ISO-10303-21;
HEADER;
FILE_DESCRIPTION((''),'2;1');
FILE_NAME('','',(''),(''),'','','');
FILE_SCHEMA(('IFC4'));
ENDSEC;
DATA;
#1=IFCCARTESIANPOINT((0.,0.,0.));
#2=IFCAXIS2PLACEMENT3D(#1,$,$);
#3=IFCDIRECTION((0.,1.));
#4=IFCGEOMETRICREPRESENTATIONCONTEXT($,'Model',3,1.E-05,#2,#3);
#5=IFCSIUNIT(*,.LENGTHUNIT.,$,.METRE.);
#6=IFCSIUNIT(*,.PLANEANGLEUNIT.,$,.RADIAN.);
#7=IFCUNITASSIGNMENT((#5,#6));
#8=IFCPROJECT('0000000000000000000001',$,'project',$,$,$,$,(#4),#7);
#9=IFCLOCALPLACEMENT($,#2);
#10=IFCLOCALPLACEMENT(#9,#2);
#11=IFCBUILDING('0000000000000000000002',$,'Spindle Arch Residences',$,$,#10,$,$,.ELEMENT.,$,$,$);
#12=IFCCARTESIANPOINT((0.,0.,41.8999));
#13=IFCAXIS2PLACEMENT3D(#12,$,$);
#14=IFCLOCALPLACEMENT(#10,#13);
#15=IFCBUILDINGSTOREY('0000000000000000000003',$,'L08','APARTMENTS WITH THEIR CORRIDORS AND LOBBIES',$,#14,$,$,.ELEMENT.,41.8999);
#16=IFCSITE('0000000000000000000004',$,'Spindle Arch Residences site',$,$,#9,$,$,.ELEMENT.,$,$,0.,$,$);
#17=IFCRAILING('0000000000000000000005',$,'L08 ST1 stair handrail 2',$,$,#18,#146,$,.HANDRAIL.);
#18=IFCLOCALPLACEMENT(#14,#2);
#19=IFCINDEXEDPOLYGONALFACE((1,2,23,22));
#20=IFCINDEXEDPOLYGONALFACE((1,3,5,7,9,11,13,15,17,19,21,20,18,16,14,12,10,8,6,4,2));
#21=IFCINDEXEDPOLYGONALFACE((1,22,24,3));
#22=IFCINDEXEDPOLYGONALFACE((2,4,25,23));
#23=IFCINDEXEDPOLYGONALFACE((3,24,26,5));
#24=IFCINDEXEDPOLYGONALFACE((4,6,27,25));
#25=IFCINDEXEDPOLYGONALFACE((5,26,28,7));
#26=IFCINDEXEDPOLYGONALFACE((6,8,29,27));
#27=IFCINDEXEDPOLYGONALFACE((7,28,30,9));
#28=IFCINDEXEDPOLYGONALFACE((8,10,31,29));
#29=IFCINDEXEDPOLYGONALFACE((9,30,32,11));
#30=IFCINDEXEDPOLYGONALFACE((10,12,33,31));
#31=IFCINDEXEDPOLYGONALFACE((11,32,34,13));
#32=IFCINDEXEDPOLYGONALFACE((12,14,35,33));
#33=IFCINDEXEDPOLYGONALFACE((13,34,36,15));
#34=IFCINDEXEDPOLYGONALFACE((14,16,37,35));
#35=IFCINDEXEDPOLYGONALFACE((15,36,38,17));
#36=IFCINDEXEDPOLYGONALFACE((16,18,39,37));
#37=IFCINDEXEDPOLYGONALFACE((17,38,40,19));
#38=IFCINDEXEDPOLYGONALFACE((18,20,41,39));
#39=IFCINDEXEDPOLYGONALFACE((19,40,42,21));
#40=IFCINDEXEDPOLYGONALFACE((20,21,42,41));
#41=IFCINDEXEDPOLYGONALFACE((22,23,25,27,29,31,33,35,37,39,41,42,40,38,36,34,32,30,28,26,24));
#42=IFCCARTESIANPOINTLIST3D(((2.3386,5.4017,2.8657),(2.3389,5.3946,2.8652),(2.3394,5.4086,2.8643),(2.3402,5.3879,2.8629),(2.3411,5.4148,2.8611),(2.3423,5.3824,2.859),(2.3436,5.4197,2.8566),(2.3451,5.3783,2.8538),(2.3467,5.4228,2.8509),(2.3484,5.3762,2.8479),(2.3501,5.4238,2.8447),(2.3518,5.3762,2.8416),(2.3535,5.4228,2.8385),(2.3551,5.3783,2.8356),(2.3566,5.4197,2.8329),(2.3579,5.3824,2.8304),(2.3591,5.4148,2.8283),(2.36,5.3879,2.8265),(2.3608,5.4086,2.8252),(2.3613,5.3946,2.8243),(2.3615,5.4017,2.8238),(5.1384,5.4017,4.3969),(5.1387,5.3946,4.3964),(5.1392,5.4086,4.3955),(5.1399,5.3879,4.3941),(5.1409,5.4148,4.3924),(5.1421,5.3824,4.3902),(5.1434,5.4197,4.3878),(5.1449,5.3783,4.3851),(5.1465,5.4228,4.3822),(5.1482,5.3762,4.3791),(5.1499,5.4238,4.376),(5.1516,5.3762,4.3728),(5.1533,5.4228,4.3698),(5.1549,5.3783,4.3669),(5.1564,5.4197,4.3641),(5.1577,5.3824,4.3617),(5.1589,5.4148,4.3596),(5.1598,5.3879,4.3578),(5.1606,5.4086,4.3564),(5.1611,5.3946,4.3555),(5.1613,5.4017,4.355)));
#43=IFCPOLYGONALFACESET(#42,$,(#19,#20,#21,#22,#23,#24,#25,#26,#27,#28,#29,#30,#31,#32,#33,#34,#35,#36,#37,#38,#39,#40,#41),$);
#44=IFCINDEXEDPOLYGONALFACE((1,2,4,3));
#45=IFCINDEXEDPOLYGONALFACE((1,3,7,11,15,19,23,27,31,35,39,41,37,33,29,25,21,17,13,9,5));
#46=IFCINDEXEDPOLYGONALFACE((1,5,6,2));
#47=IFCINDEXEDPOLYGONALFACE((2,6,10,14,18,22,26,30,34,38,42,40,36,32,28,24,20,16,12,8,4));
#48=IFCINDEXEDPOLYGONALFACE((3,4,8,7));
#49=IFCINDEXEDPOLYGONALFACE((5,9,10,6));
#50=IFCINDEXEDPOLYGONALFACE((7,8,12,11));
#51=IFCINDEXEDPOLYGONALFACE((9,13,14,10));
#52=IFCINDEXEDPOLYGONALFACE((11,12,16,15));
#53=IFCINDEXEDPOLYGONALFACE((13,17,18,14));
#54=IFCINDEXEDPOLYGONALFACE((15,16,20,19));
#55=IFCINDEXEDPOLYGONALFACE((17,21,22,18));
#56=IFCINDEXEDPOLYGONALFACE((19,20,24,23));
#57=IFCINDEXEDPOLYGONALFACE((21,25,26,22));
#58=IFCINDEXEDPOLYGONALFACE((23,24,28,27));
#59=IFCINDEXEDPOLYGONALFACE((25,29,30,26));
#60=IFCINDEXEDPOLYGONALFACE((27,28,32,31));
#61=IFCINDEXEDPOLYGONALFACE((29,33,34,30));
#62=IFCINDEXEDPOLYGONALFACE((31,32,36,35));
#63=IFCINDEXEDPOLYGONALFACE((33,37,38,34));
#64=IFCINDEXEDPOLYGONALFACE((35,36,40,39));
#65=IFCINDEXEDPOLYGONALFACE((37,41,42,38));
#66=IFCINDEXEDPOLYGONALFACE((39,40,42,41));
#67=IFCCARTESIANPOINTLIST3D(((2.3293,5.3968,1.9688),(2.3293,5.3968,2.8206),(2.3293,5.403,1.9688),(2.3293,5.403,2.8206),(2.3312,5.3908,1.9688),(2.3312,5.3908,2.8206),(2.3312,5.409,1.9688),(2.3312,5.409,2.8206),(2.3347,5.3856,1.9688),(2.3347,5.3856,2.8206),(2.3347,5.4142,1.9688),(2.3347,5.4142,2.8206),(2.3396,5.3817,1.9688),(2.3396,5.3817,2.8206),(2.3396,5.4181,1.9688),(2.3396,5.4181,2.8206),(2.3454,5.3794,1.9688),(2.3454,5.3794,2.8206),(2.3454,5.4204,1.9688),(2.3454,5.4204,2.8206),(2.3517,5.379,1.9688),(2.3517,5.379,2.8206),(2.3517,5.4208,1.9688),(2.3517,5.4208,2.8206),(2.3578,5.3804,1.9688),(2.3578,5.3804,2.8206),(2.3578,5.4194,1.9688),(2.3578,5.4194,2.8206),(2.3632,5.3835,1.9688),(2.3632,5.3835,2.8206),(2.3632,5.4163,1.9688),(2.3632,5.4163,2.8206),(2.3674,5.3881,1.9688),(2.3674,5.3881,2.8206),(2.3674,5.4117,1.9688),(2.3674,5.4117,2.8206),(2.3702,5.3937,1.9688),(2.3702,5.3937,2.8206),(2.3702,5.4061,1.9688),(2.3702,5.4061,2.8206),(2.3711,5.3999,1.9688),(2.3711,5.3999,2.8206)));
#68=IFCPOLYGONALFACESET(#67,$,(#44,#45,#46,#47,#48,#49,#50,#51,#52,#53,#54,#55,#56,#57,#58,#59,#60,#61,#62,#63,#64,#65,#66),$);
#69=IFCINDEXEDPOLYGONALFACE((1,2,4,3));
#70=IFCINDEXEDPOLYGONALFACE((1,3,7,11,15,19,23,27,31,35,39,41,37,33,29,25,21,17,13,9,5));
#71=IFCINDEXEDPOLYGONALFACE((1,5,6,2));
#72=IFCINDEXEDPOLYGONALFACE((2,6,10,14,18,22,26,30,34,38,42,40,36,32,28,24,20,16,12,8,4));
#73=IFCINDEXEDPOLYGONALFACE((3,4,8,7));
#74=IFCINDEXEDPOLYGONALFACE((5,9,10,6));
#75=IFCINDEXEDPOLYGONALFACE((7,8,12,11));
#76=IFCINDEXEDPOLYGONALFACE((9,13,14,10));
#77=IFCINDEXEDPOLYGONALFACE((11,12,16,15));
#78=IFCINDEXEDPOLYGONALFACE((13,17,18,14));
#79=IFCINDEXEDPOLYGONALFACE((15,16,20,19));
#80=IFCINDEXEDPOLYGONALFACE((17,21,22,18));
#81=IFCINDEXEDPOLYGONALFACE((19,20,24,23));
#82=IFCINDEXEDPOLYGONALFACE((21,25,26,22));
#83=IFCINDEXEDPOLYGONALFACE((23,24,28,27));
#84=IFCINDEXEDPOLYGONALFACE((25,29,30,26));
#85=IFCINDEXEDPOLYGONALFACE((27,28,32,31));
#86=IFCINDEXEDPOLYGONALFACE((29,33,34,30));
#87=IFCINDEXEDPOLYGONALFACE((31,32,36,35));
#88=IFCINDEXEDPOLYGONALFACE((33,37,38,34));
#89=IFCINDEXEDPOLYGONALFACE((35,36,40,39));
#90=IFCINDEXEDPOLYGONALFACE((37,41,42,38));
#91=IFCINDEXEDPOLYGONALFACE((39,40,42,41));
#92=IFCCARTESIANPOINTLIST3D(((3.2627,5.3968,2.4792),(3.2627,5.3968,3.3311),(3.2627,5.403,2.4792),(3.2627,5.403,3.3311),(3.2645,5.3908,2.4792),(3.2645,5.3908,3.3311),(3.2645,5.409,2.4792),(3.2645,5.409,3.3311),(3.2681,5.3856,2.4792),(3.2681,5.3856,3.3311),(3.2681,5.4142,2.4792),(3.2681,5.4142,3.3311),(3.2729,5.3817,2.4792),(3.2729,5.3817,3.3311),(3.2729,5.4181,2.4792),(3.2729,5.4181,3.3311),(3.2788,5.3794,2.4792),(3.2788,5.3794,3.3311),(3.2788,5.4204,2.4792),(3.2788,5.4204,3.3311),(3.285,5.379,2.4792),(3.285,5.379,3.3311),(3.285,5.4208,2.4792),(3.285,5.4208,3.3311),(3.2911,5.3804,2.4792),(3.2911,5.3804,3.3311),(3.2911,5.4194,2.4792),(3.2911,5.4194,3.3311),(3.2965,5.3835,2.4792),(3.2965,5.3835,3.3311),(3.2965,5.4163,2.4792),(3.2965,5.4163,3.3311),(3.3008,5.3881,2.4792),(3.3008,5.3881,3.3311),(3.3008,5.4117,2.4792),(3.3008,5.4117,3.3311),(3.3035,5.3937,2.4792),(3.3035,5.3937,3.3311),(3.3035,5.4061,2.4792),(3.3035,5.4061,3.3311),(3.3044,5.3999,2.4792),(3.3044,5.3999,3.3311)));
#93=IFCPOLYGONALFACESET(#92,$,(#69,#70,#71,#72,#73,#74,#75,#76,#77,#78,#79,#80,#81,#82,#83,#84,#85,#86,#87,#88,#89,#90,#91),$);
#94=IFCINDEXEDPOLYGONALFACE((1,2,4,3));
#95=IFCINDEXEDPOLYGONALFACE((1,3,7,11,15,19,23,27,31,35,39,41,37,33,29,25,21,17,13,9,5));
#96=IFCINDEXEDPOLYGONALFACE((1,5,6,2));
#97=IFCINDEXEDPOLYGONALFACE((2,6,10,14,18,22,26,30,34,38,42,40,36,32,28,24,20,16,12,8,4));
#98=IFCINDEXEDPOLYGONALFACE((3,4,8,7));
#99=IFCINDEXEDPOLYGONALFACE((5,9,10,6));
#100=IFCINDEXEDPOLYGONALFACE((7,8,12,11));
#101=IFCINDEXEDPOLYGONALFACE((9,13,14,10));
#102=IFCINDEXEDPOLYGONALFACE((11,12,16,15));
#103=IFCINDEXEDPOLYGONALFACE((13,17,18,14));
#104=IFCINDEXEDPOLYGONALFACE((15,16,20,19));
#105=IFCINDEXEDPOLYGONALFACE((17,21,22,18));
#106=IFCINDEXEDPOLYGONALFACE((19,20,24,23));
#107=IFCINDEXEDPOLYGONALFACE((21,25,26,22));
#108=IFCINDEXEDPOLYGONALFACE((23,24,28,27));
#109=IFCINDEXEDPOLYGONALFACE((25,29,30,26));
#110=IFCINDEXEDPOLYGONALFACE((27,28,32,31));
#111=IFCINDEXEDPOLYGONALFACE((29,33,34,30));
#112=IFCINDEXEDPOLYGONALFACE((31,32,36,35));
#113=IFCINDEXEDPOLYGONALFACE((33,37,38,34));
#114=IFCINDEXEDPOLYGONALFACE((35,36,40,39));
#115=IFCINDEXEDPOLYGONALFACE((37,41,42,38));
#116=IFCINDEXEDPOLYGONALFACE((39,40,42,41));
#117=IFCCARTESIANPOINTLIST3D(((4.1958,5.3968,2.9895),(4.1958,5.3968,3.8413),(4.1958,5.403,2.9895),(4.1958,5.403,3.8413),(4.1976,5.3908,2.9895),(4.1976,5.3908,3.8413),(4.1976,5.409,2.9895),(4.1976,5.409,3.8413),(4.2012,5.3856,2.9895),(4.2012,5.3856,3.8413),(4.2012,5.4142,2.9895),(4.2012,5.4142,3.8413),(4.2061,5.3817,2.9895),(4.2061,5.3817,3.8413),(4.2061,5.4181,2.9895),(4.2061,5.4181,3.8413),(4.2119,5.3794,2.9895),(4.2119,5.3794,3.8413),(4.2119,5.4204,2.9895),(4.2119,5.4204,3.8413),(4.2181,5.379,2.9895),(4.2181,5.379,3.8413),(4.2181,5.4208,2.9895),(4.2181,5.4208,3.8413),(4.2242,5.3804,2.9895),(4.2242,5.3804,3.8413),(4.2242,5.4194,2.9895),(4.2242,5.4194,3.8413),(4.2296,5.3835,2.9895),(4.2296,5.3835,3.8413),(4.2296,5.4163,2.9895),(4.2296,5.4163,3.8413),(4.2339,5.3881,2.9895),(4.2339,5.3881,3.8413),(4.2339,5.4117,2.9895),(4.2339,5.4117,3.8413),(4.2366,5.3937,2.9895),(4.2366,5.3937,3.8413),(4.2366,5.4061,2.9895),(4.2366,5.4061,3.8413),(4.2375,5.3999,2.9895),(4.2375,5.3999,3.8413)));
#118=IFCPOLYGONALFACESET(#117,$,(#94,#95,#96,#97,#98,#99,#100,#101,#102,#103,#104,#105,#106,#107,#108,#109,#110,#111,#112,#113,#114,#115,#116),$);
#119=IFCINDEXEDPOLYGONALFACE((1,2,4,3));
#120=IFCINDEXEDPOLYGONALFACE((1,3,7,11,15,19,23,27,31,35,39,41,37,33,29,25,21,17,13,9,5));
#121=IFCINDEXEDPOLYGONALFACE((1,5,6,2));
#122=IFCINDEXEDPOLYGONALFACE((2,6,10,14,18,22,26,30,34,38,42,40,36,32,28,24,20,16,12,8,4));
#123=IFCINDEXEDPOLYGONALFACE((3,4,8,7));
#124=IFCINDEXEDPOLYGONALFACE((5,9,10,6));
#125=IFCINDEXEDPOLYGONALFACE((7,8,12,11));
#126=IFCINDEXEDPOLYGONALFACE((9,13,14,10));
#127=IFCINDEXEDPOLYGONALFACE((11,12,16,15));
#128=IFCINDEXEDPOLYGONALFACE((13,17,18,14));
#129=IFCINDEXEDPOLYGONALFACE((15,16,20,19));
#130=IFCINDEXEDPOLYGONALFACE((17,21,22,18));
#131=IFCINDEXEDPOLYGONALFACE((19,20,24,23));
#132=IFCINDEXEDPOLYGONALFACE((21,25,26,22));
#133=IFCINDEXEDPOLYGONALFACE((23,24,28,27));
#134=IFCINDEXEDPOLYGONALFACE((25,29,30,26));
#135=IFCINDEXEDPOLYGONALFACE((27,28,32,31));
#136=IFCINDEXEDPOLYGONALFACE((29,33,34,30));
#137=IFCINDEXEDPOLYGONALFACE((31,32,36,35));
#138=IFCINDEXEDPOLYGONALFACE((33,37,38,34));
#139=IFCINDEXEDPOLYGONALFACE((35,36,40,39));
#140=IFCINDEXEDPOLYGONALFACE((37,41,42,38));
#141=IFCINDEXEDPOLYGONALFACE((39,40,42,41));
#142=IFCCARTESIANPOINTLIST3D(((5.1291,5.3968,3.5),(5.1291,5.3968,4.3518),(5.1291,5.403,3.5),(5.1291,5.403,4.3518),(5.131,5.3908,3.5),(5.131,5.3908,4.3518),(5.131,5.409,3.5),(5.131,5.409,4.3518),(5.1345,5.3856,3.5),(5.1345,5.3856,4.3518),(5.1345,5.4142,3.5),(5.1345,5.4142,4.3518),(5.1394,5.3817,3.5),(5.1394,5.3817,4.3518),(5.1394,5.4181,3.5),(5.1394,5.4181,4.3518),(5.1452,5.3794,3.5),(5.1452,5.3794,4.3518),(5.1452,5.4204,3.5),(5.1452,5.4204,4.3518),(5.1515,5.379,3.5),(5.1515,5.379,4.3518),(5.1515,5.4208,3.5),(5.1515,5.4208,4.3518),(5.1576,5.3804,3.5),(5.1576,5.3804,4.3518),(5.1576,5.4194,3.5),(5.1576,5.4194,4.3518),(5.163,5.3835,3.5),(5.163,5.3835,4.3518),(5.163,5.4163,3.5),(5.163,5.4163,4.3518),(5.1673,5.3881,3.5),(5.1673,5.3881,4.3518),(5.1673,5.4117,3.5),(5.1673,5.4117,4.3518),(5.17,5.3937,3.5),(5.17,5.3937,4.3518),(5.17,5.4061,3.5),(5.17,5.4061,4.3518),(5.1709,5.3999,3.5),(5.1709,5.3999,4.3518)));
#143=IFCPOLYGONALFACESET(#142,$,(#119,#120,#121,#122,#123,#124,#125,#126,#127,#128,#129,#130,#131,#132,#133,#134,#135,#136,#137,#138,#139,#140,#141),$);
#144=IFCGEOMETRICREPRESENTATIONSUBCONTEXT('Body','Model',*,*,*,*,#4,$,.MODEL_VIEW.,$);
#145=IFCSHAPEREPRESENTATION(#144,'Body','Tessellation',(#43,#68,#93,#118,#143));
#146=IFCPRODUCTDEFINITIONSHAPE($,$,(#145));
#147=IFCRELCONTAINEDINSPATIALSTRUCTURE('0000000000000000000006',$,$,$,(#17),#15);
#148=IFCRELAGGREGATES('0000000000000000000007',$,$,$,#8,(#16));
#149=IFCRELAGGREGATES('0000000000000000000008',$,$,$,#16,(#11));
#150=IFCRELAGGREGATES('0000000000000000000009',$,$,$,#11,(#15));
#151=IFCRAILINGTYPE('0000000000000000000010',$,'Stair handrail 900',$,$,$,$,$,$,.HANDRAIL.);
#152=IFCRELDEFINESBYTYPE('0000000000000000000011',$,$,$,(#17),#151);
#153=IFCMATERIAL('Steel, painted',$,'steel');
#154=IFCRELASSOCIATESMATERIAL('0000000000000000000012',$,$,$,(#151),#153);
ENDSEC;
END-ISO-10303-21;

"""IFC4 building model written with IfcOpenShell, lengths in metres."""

from ifc_helpers import new_model, si_unit, direction, frame, origin, origin_2d, place, context, subcontext, project, spatial, circle, extrude, material, type_object, element, save


model = new_model("IFC4")

# Units and contexts
model_context = context("Model", 3, precision=1e-05, world=origin(), true_north=direction((0.0, 1.0)))
body_context = subcontext(model_context, "Body", "Model", "MODEL_VIEW")
ifc_project = project(units=[si_unit("LENGTHUNIT", "METRE"), si_unit("PLANEANGLEUNIT", "RADIAN")], contexts=[model_context])

# Site, building, storey
site_placement = place(None, origin())
site = spatial("IfcSite", under=ifc_project, at=site_placement, Name="Spindle Arch Residences site", CompositionType="ELEMENT", RefElevation=0.0)
building_placement = place(site_placement, origin())
building = spatial("IfcBuilding", under=site, at=building_placement, Name="Spindle Arch Residences", CompositionType="ELEMENT")
storey_placement = place(building_placement, frame((0.0, 0.0, 41.8999)))
storey = spatial("IfcBuildingStorey", under=building, at=storey_placement, Name="L08", Description="APARTMENTS WITH THEIR CORRIDORS AND LOBBIES", CompositionType="ELEMENT", Elevation=41.8999)

# Railing
ifc_material_1 = material(Name="Steel, painted", Category="steel")
railing_type_1 = type_object("IfcRailingType", Name="Stair handrail 900", PredefinedType="HANDRAIL", material=ifc_material_1)
railing_1_placement = place(storey_placement, frame((2.3501, 5.3999, 1.9688)))
element("IfcRailing", 1, at=railing_1_placement, inside=storey, type_object=railing_type_1, Name="L08 ST1 stair handrail 2", PredefinedType="HANDRAIL", context=body_context, shape_type="SweptSolid", body=[
    extrude(circle(Radius=0.0239, at=origin_2d()), frame((0.0, 0.0, 0.876), z_axis=(0.877357, 0.0, 0.479838), x_axis=(0.0, 1.0, 0.0)), (0.0, 0.0, 1.0), 3.1912),
    extrude(circle(Radius=0.021, at=origin_2d()), origin(), (0.0, 0.0, 1.0), 0.8518),
    extrude(circle(Radius=0.021, at=origin_2d()), frame((0.9333, 0.0, 0.5105)), (0.0, 0.0, 1.0), 0.8518),
    extrude(circle(Radius=0.021, at=origin_2d()), frame((1.8665, 0.0, 1.0208)), (0.0, 0.0, 1.0), 0.8518),
    extrude(circle(Radius=0.021, at=origin_2d()), frame((2.7998, 0.0, 1.5312)), (0.0, 0.0, 1.0), 0.8518),
])

save(model, "model.ifc")
